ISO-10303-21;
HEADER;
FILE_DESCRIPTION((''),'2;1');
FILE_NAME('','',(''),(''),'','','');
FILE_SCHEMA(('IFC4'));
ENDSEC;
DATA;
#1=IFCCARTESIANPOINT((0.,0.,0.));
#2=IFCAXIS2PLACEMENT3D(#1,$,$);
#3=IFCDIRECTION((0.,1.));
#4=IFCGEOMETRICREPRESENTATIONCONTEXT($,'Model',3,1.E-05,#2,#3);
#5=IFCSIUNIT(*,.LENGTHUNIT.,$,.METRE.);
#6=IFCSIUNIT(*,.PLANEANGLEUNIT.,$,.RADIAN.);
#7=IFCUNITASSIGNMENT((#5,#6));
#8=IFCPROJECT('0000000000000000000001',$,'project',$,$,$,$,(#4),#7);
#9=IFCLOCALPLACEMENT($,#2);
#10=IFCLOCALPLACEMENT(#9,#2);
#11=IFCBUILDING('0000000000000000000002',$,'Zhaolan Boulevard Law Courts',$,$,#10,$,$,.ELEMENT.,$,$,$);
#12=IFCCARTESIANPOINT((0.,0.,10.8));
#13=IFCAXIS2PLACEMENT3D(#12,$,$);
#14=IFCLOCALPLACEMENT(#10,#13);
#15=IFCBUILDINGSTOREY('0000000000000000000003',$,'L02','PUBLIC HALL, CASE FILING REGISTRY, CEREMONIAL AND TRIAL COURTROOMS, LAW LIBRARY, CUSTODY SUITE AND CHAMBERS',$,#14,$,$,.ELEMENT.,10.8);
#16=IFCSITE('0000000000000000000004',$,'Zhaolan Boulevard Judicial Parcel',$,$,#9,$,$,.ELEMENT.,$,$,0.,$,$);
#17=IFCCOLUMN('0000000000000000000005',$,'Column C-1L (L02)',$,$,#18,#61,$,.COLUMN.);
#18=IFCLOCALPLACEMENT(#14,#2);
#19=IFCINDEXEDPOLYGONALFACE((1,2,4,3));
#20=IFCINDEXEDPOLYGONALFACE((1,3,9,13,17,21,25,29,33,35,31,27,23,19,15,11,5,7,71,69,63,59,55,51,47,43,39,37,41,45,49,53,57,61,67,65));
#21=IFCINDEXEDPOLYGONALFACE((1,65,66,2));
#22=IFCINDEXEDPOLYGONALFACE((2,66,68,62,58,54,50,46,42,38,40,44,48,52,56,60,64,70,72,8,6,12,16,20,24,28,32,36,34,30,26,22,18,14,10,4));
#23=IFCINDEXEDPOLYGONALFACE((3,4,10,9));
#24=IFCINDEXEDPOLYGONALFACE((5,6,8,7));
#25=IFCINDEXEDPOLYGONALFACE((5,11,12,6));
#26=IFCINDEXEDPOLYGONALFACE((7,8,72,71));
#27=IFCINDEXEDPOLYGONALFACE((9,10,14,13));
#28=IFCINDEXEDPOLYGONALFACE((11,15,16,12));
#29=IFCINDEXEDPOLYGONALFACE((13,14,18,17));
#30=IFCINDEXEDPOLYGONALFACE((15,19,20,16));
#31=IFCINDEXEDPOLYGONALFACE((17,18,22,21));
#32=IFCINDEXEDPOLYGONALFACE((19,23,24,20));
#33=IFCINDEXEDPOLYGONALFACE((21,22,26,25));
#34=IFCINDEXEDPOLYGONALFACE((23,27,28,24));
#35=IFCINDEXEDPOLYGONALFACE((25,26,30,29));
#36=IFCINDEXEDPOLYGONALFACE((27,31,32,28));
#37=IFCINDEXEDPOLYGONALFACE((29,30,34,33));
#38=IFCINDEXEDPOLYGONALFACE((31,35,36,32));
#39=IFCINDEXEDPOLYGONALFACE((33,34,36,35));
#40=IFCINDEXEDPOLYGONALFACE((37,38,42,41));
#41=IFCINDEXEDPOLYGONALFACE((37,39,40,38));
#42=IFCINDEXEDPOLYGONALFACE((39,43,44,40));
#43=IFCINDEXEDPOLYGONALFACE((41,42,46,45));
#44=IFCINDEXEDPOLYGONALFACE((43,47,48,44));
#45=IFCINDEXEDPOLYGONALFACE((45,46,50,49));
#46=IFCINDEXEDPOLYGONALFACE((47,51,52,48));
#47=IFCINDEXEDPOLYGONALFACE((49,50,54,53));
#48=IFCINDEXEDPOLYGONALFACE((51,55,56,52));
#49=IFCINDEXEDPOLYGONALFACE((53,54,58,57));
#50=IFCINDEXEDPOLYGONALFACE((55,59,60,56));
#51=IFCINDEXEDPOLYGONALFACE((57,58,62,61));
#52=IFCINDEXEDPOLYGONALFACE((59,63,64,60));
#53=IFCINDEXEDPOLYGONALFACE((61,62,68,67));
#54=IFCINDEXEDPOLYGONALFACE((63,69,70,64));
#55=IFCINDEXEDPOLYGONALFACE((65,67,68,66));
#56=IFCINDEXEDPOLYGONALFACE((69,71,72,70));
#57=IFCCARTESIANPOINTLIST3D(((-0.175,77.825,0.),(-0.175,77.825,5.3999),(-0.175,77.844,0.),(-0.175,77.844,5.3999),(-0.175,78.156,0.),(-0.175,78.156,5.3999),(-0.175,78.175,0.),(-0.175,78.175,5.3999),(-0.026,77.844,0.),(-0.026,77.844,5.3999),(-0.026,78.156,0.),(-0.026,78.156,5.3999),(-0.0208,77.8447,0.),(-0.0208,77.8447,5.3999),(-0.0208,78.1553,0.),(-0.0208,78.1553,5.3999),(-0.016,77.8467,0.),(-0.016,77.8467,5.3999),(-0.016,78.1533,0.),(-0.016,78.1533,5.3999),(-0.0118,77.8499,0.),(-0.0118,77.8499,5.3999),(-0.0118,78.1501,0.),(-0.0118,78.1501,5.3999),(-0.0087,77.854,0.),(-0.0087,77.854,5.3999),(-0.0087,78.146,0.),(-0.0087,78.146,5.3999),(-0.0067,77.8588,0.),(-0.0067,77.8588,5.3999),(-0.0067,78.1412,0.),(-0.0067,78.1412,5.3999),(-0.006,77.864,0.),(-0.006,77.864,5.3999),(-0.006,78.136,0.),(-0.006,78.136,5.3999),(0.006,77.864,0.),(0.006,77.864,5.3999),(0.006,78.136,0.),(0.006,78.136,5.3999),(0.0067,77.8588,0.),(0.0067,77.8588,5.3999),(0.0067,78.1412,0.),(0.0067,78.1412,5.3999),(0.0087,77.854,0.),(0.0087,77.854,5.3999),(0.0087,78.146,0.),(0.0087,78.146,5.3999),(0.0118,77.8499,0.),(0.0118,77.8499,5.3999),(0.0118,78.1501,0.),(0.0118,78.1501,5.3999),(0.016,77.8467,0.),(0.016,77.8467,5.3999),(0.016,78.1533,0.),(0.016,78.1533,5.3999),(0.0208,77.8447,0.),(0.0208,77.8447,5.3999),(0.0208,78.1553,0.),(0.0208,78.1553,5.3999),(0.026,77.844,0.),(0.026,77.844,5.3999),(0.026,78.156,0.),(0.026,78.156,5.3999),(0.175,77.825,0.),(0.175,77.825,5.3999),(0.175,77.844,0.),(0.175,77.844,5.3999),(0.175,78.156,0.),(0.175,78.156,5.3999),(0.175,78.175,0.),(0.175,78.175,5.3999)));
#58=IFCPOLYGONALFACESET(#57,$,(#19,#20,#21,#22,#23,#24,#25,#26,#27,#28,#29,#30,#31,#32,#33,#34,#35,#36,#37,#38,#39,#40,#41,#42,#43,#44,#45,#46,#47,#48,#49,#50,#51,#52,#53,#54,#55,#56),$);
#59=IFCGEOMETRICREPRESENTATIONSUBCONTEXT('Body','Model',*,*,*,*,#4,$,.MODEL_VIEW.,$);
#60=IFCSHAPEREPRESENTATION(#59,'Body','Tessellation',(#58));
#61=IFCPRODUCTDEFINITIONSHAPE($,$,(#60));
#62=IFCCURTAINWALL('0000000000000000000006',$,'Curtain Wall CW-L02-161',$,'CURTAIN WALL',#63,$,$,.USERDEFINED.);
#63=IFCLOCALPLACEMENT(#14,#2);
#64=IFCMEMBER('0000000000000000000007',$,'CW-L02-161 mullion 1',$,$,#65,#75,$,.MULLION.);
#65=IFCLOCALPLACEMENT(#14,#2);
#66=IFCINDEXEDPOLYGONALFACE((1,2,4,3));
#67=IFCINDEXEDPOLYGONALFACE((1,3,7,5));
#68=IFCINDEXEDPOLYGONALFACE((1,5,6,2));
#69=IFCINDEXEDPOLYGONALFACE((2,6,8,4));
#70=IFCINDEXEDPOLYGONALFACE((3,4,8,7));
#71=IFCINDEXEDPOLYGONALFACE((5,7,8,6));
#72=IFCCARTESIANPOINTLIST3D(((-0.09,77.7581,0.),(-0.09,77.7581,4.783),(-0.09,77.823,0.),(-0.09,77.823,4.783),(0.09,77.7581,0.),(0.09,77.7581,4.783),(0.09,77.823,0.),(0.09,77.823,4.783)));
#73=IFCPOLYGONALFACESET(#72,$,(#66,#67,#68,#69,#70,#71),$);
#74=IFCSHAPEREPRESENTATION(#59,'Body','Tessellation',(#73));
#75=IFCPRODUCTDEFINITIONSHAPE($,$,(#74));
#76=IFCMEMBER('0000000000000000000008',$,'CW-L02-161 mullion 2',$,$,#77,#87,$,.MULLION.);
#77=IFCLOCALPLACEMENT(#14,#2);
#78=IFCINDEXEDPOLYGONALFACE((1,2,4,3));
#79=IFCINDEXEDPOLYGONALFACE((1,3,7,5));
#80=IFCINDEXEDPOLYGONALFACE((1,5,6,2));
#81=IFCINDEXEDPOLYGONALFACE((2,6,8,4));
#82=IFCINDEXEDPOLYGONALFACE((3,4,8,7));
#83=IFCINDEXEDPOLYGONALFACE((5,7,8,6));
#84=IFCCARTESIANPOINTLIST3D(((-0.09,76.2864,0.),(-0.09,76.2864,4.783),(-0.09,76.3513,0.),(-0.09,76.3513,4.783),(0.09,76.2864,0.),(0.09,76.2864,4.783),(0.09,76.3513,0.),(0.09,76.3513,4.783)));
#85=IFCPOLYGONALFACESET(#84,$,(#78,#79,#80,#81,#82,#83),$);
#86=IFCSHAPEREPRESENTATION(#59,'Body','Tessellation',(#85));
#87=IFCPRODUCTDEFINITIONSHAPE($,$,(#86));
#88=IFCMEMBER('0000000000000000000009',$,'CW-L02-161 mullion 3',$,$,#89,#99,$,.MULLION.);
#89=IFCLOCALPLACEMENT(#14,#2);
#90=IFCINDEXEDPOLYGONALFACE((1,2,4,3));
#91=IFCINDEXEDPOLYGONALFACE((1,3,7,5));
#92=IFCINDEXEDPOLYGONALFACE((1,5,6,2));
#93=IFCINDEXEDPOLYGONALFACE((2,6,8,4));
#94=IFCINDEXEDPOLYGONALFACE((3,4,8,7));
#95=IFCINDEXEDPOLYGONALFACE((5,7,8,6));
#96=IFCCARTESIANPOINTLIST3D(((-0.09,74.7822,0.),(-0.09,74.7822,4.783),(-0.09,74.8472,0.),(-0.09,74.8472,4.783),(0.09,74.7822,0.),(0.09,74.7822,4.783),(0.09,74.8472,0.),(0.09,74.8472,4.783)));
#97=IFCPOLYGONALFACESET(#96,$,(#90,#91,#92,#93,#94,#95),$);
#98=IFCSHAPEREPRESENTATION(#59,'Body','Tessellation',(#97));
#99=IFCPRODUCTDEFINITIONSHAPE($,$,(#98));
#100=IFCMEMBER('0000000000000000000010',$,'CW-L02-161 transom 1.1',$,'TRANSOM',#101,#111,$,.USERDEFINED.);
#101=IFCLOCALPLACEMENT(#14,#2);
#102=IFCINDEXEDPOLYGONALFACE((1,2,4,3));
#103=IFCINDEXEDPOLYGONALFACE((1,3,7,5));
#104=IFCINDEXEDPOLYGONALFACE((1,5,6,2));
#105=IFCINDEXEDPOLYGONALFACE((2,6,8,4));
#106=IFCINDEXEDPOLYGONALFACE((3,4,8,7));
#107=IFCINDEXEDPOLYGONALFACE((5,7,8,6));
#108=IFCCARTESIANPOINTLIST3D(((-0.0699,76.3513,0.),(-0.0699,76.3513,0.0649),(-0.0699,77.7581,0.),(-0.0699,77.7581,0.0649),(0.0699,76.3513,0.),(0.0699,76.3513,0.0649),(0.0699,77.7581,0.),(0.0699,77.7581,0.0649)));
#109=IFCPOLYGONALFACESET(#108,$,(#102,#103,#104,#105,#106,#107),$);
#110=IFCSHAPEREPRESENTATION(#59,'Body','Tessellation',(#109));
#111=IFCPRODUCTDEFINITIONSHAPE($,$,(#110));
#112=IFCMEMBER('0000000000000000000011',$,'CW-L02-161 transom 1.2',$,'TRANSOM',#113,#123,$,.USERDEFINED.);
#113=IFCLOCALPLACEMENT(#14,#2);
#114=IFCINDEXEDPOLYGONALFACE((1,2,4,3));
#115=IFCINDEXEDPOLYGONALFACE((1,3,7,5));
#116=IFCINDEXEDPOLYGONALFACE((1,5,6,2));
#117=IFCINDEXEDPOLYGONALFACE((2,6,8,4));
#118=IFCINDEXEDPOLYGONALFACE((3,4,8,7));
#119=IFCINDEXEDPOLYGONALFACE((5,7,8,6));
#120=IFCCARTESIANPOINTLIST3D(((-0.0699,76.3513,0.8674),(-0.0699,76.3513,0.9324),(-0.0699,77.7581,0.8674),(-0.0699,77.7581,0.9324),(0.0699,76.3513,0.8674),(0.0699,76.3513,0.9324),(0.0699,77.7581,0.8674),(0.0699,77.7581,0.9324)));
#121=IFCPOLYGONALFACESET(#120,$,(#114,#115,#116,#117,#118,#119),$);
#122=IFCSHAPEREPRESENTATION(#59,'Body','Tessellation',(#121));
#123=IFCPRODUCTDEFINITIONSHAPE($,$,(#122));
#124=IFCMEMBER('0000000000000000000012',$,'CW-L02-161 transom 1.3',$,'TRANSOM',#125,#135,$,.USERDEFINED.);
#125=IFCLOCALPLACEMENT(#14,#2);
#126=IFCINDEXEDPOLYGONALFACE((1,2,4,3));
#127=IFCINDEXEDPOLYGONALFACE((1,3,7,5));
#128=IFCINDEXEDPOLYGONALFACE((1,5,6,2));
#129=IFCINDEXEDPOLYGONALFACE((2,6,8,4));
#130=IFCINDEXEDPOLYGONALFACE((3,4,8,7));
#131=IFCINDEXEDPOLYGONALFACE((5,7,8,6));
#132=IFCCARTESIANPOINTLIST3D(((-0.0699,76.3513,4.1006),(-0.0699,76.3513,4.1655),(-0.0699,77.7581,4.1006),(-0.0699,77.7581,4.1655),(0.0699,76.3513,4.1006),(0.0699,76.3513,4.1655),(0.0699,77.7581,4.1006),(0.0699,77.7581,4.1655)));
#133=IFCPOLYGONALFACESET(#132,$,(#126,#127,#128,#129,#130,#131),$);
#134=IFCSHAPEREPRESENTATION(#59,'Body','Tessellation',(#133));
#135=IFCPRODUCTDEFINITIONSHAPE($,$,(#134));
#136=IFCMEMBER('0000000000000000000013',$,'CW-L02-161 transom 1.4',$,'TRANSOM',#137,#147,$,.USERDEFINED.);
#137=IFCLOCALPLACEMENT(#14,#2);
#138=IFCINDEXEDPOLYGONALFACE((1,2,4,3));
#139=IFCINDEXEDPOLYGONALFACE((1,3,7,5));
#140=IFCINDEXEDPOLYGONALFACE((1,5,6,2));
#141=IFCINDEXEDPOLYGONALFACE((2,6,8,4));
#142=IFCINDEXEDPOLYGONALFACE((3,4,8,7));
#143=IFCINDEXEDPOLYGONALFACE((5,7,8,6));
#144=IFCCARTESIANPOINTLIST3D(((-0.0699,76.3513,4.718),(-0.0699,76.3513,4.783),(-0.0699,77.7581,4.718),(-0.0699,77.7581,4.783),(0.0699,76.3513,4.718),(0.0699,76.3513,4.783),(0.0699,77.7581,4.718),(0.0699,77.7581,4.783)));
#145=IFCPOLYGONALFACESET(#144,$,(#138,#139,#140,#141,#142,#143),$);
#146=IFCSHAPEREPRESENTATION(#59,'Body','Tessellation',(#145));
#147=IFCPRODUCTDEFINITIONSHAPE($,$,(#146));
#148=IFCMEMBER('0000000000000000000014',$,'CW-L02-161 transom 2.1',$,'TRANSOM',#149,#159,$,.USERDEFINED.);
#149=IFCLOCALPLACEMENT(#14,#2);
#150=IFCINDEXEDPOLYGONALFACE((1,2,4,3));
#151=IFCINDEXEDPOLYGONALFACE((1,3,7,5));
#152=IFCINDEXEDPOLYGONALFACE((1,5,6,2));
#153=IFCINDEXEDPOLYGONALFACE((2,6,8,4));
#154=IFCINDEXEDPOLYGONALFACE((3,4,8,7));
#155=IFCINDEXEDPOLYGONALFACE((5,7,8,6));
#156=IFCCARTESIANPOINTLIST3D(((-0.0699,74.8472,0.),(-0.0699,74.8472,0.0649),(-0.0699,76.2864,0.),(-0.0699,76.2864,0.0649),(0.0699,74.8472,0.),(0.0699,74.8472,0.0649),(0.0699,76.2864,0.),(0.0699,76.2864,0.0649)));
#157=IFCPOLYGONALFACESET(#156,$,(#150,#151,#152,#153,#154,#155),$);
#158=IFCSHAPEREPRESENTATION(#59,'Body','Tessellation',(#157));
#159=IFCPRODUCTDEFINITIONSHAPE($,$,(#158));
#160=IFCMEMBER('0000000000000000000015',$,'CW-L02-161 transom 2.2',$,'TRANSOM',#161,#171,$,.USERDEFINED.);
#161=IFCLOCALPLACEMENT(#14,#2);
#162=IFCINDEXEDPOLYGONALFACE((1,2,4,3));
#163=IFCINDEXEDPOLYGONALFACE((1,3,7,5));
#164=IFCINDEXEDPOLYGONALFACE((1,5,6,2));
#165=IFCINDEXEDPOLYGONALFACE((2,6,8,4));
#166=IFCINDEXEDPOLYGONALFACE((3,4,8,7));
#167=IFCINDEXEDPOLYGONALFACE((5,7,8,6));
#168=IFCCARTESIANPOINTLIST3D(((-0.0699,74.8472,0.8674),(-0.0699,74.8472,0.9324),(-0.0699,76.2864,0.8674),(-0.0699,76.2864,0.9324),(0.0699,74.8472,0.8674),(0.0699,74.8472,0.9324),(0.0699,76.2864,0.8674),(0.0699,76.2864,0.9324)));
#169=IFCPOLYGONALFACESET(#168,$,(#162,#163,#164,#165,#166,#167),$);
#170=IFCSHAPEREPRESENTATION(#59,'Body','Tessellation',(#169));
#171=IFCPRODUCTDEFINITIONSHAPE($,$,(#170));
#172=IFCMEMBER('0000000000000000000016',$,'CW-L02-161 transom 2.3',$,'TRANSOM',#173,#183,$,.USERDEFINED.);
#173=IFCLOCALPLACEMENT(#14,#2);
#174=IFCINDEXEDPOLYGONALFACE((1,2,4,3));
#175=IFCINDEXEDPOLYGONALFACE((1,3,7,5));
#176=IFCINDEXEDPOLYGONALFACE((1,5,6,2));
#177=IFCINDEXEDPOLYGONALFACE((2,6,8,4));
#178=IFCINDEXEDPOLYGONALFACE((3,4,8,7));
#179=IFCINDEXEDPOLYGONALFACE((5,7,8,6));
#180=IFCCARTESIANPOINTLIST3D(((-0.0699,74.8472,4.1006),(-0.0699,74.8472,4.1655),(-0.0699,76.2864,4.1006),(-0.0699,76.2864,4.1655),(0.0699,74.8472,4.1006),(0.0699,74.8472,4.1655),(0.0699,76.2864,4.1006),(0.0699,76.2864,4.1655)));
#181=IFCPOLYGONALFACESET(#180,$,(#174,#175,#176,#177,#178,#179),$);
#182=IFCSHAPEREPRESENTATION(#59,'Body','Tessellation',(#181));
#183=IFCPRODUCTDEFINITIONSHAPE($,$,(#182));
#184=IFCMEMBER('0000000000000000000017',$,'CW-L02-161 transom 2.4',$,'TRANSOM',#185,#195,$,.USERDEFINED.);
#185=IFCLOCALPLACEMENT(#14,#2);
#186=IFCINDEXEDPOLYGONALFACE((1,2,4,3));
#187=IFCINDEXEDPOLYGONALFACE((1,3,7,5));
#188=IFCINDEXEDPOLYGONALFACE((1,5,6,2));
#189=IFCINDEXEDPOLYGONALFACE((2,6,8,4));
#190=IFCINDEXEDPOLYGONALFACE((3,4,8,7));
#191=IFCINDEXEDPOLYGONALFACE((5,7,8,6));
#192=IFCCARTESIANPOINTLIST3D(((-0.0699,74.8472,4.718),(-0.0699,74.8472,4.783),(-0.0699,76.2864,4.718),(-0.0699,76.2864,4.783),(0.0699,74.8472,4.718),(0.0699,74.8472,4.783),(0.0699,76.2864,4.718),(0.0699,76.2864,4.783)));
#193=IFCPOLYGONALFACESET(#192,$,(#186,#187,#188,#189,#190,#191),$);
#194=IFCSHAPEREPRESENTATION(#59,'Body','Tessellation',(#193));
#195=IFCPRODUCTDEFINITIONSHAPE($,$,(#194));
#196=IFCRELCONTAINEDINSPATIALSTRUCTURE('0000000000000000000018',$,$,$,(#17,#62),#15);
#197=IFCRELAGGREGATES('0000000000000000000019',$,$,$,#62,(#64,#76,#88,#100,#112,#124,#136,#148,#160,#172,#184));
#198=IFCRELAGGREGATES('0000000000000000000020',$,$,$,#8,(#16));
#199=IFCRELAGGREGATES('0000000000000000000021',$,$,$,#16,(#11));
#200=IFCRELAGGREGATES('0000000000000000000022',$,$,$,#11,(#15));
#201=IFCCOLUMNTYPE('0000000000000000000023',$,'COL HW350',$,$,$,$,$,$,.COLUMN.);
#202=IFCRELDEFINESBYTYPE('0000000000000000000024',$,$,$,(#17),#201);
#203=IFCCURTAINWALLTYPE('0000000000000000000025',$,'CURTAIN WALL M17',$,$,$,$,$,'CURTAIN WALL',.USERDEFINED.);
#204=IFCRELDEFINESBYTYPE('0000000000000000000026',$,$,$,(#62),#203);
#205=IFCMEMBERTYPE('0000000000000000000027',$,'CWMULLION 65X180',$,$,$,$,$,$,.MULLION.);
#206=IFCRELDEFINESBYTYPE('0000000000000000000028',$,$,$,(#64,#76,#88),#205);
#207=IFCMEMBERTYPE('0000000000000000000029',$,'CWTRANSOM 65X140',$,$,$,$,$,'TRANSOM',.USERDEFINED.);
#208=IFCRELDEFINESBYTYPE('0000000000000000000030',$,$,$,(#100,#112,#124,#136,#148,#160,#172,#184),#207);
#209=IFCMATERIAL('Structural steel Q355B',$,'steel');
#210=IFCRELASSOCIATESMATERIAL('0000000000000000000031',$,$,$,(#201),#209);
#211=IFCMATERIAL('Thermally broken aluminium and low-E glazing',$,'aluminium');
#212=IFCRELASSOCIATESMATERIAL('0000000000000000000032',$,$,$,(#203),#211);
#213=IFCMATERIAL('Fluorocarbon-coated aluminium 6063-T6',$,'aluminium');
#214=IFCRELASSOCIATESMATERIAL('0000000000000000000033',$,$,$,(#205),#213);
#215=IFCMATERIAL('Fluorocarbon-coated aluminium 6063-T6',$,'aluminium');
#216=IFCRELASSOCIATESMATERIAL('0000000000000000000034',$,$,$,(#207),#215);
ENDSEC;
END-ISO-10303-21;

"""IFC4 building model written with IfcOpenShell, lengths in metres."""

from ifc_helpers import new_model, si_unit, direction, frame, origin, origin_2d, place, context, subcontext, project, spatial, rectangle, i_section, extrude, material, material_profile, profile_set, type_object, element, aggregate, save


model = new_model("IFC4")

# Units and contexts
model_context = context("Model", 3, precision=1e-05, world=origin(), true_north=direction((0.0, 1.0)))
body_context = subcontext(model_context, "Body", "Model", "MODEL_VIEW")
ifc_project = project(units=[si_unit("LENGTHUNIT", "METRE"), si_unit("PLANEANGLEUNIT", "RADIAN")], contexts=[model_context])

# Site, building, storey
site_placement = place(None, origin())
site = spatial("IfcSite", under=ifc_project, at=site_placement, Name="Zhaolan Boulevard Judicial Parcel", CompositionType="ELEMENT", RefElevation=0.0)
building_placement = place(site_placement, origin())
building = spatial("IfcBuilding", under=site, at=building_placement, Name="Zhaolan Boulevard Law Courts", CompositionType="ELEMENT")
storey_placement = place(building_placement, frame((0.0, 0.0, 10.8)))
storey = spatial("IfcBuildingStorey", under=building, at=storey_placement, Name="L02", Description="PUBLIC HALL, CASE FILING REGISTRY, CEREMONIAL AND TRIAL COURTROOMS, LAW LIBRARY, CUSTODY SUITE AND CHAMBERS", CompositionType="ELEMENT", Elevation=10.8)

# Column
ifc_material_1 = material(Name="Structural steel Q355B", Category="steel")
ifc_material_profile_1 = material_profile(ifc_material_1, i_section(OverallWidth=0.3501, OverallDepth=0.3501, WebThickness=0.012, FlangeThickness=0.019, FilletRadius=0.02, at=origin_2d()), Name="HW350x350")
ifc_profile_set_1 = profile_set([ifc_material_profile_1], Name="Structural steel Q355B")
column_type = type_object("IfcColumnType", Name="COL HW350", PredefinedType="COLUMN", material=ifc_profile_set_1)
column_placement = place(storey_placement, frame((0.0, 78.0, 0.0), z_axis=(0.0, 0.0, 1.0), x_axis=(1.0, 0.0, 0.0)))
element("IfcColumn", 1, at=column_placement, inside=storey, type_object=column_type, Name="Column C-1L (L02)", PredefinedType="COLUMN", context=body_context, shape_type="SweptSolid", body=[
    extrude(i_section(OverallWidth=0.3501, OverallDepth=0.3501, WebThickness=0.012, FlangeThickness=0.019, FilletRadius=0.02, at=origin_2d()), origin(), (0.0, 0.0, 1.0), 5.3999),
])

# Curtain wall, members
ifc_material_2 = material(Name="Thermally broken aluminium and low-E glazing", Category="aluminium")
curtain_wall_type = type_object("IfcCurtainWallType", Name="CURTAIN WALL M17", ElementType="CURTAIN WALL", PredefinedType="USERDEFINED", material=ifc_material_2)
curtain_wall_placement = place(storey_placement, origin())
curtain_wall = element("IfcCurtainWall", 2, at=curtain_wall_placement, inside=storey, type_object=curtain_wall_type, Name="Curtain Wall CW-L02-161", ObjectType="CURTAIN WALL", PredefinedType="USERDEFINED")
ifc_material_3 = material(Name="Fluorocarbon-coated aluminium 6063-T6", Category="aluminium")
ifc_material_profile_2 = material_profile(ifc_material_3, rectangle(XDim=0.1799, YDim=0.0649, at=origin_2d()), Name="AL65x180")
ifc_profile_set_2 = profile_set([ifc_material_profile_2], Name="Fluorocarbon-coated aluminium 6063-T6")
member_type_1 = type_object("IfcMemberType", Name="CWMULLION 65X180", PredefinedType="MULLION", material=ifc_profile_set_2)
member_1_placement = place(storey_placement, frame((0.0, 77.7905, 0.0), z_axis=(0.0, 0.0, 1.0), x_axis=(1.0, 0.0, 0.0)))
member_1 = element("IfcMember", 3, at=member_1_placement, type_object=member_type_1, Name="CW-L02-161 mullion 1", PredefinedType="MULLION", context=body_context, shape_type="SweptSolid", body=[
    extrude(rectangle(XDim=0.1799, YDim=0.0649, at=origin_2d()), origin(), (0.0, 0.0, 1.0), 4.783),
])
member_2_placement = place(storey_placement, frame((0.0, 76.3188, 0.0), z_axis=(0.0, 0.0, 1.0), x_axis=(1.0, 0.0, 0.0)))
member_2 = element("IfcMember", 4, at=member_2_placement, type_object=member_type_1, Name="CW-L02-161 mullion 2", PredefinedType="MULLION", context=body_context, shape_type="SweptSolid", body=[
    extrude(rectangle(XDim=0.1799, YDim=0.0649, at=origin_2d()), origin(), (0.0, 0.0, 1.0), 4.783),
])
member_3_placement = place(storey_placement, frame((0.0, 74.8147, 0.0), z_axis=(0.0, 0.0, 1.0), x_axis=(1.0, 0.0, 0.0)))
member_3 = element("IfcMember", 5, at=member_3_placement, type_object=member_type_1, Name="CW-L02-161 mullion 3", PredefinedType="MULLION", context=body_context, shape_type="SweptSolid", body=[
    extrude(rectangle(XDim=0.1799, YDim=0.0649, at=origin_2d()), origin(), (0.0, 0.0, 1.0), 4.783),
])
ifc_material_4 = material(Name="Fluorocarbon-coated aluminium 6063-T6", Category="aluminium")
ifc_material_profile_3 = material_profile(ifc_material_4, rectangle(XDim=0.1399, YDim=0.0649, at=origin_2d()), Name="AL65x140")
ifc_profile_set_3 = profile_set([ifc_material_profile_3], Name="Fluorocarbon-coated aluminium 6063-T6")
member_type_2 = type_object("IfcMemberType", Name="CWTRANSOM 65X140", ElementType="TRANSOM", PredefinedType="USERDEFINED", material=ifc_profile_set_3)
member_4_placement = place(storey_placement, frame((0.0, 77.7581, 0.0325), z_axis=(0.0, -1.0, 0.0), x_axis=(1.0, 0.0, 0.0)))
member_4 = element("IfcMember", 6, at=member_4_placement, type_object=member_type_2, Name="CW-L02-161 transom 1.1", ObjectType="TRANSOM", PredefinedType="USERDEFINED", context=body_context, shape_type="SweptSolid", body=[
    extrude(rectangle(XDim=0.1399, YDim=0.0649, at=origin_2d()), origin(), (0.0, 0.0, 1.0), 1.4067),
])
member_5_placement = place(storey_placement, frame((0.0, 77.7581, 0.8999), z_axis=(0.0, -1.0, 0.0), x_axis=(1.0, 0.0, 0.0)))
member_5 = element("IfcMember", 7, at=member_5_placement, type_object=member_type_2, Name="CW-L02-161 transom 1.2", ObjectType="TRANSOM", PredefinedType="USERDEFINED", context=body_context, shape_type="SweptSolid", body=[
    extrude(rectangle(XDim=0.1399, YDim=0.0649, at=origin_2d()), origin(), (0.0, 0.0, 1.0), 1.4067),
])
member_6_placement = place(storey_placement, frame((0.0, 77.7581, 4.1331), z_axis=(0.0, -1.0, 0.0), x_axis=(1.0, 0.0, 0.0)))
member_6 = element("IfcMember", 8, at=member_6_placement, type_object=member_type_2, Name="CW-L02-161 transom 1.3", ObjectType="TRANSOM", PredefinedType="USERDEFINED", context=body_context, shape_type="SweptSolid", body=[
    extrude(rectangle(XDim=0.1399, YDim=0.0649, at=origin_2d()), origin(), (0.0, 0.0, 1.0), 1.4067),
])
member_7_placement = place(storey_placement, frame((0.0, 77.7581, 4.7505), z_axis=(0.0, -1.0, 0.0), x_axis=(1.0, 0.0, 0.0)))
member_7 = element("IfcMember", 9, at=member_7_placement, type_object=member_type_2, Name="CW-L02-161 transom 1.4", ObjectType="TRANSOM", PredefinedType="USERDEFINED", context=body_context, shape_type="SweptSolid", body=[
    extrude(rectangle(XDim=0.1399, YDim=0.0649, at=origin_2d()), origin(), (0.0, 0.0, 1.0), 1.4067),
])
member_8_placement = place(storey_placement, frame((0.0, 76.2864, 0.0325), z_axis=(0.0, -1.0, 0.0), x_axis=(1.0, 0.0, 0.0)))
member_8 = element("IfcMember", 10, at=member_8_placement, type_object=member_type_2, Name="CW-L02-161 transom 2.1", ObjectType="TRANSOM", PredefinedType="USERDEFINED", context=body_context, shape_type="SweptSolid", body=[
    extrude(rectangle(XDim=0.1399, YDim=0.0649, at=origin_2d()), origin(), (0.0, 0.0, 1.0), 1.4392),
])
member_9_placement = place(storey_placement, frame((0.0, 76.2864, 0.8999), z_axis=(0.0, -1.0, 0.0), x_axis=(1.0, 0.0, 0.0)))
member_9 = element("IfcMember", 11, at=member_9_placement, type_object=member_type_2, Name="CW-L02-161 transom 2.2", ObjectType="TRANSOM", PredefinedType="USERDEFINED", context=body_context, shape_type="SweptSolid", body=[
    extrude(rectangle(XDim=0.1399, YDim=0.0649, at=origin_2d()), origin(), (0.0, 0.0, 1.0), 1.4392),
])
member_10_placement = place(storey_placement, frame((0.0, 76.2864, 4.1331), z_axis=(0.0, -1.0, 0.0), x_axis=(1.0, 0.0, 0.0)))
member_10 = element("IfcMember", 12, at=member_10_placement, type_object=member_type_2, Name="CW-L02-161 transom 2.3", ObjectType="TRANSOM", PredefinedType="USERDEFINED", context=body_context, shape_type="SweptSolid", body=[
    extrude(rectangle(XDim=0.1399, YDim=0.0649, at=origin_2d()), origin(), (0.0, 0.0, 1.0), 1.4392),
])
member_11_placement = place(storey_placement, frame((0.0, 76.2864, 4.7505), z_axis=(0.0, -1.0, 0.0), x_axis=(1.0, 0.0, 0.0)))
member_11 = element("IfcMember", 13, at=member_11_placement, type_object=member_type_2, Name="CW-L02-161 transom 2.4", ObjectType="TRANSOM", PredefinedType="USERDEFINED", context=body_context, shape_type="SweptSolid", body=[
    extrude(rectangle(XDim=0.1399, YDim=0.0649, at=origin_2d()), origin(), (0.0, 0.0, 1.0), 1.4392),
])

aggregate(curtain_wall, [member_1, member_2, member_3, member_4, member_5, member_6, member_7, member_8, member_9, member_10, member_11])

save(model, "model.ifc")
